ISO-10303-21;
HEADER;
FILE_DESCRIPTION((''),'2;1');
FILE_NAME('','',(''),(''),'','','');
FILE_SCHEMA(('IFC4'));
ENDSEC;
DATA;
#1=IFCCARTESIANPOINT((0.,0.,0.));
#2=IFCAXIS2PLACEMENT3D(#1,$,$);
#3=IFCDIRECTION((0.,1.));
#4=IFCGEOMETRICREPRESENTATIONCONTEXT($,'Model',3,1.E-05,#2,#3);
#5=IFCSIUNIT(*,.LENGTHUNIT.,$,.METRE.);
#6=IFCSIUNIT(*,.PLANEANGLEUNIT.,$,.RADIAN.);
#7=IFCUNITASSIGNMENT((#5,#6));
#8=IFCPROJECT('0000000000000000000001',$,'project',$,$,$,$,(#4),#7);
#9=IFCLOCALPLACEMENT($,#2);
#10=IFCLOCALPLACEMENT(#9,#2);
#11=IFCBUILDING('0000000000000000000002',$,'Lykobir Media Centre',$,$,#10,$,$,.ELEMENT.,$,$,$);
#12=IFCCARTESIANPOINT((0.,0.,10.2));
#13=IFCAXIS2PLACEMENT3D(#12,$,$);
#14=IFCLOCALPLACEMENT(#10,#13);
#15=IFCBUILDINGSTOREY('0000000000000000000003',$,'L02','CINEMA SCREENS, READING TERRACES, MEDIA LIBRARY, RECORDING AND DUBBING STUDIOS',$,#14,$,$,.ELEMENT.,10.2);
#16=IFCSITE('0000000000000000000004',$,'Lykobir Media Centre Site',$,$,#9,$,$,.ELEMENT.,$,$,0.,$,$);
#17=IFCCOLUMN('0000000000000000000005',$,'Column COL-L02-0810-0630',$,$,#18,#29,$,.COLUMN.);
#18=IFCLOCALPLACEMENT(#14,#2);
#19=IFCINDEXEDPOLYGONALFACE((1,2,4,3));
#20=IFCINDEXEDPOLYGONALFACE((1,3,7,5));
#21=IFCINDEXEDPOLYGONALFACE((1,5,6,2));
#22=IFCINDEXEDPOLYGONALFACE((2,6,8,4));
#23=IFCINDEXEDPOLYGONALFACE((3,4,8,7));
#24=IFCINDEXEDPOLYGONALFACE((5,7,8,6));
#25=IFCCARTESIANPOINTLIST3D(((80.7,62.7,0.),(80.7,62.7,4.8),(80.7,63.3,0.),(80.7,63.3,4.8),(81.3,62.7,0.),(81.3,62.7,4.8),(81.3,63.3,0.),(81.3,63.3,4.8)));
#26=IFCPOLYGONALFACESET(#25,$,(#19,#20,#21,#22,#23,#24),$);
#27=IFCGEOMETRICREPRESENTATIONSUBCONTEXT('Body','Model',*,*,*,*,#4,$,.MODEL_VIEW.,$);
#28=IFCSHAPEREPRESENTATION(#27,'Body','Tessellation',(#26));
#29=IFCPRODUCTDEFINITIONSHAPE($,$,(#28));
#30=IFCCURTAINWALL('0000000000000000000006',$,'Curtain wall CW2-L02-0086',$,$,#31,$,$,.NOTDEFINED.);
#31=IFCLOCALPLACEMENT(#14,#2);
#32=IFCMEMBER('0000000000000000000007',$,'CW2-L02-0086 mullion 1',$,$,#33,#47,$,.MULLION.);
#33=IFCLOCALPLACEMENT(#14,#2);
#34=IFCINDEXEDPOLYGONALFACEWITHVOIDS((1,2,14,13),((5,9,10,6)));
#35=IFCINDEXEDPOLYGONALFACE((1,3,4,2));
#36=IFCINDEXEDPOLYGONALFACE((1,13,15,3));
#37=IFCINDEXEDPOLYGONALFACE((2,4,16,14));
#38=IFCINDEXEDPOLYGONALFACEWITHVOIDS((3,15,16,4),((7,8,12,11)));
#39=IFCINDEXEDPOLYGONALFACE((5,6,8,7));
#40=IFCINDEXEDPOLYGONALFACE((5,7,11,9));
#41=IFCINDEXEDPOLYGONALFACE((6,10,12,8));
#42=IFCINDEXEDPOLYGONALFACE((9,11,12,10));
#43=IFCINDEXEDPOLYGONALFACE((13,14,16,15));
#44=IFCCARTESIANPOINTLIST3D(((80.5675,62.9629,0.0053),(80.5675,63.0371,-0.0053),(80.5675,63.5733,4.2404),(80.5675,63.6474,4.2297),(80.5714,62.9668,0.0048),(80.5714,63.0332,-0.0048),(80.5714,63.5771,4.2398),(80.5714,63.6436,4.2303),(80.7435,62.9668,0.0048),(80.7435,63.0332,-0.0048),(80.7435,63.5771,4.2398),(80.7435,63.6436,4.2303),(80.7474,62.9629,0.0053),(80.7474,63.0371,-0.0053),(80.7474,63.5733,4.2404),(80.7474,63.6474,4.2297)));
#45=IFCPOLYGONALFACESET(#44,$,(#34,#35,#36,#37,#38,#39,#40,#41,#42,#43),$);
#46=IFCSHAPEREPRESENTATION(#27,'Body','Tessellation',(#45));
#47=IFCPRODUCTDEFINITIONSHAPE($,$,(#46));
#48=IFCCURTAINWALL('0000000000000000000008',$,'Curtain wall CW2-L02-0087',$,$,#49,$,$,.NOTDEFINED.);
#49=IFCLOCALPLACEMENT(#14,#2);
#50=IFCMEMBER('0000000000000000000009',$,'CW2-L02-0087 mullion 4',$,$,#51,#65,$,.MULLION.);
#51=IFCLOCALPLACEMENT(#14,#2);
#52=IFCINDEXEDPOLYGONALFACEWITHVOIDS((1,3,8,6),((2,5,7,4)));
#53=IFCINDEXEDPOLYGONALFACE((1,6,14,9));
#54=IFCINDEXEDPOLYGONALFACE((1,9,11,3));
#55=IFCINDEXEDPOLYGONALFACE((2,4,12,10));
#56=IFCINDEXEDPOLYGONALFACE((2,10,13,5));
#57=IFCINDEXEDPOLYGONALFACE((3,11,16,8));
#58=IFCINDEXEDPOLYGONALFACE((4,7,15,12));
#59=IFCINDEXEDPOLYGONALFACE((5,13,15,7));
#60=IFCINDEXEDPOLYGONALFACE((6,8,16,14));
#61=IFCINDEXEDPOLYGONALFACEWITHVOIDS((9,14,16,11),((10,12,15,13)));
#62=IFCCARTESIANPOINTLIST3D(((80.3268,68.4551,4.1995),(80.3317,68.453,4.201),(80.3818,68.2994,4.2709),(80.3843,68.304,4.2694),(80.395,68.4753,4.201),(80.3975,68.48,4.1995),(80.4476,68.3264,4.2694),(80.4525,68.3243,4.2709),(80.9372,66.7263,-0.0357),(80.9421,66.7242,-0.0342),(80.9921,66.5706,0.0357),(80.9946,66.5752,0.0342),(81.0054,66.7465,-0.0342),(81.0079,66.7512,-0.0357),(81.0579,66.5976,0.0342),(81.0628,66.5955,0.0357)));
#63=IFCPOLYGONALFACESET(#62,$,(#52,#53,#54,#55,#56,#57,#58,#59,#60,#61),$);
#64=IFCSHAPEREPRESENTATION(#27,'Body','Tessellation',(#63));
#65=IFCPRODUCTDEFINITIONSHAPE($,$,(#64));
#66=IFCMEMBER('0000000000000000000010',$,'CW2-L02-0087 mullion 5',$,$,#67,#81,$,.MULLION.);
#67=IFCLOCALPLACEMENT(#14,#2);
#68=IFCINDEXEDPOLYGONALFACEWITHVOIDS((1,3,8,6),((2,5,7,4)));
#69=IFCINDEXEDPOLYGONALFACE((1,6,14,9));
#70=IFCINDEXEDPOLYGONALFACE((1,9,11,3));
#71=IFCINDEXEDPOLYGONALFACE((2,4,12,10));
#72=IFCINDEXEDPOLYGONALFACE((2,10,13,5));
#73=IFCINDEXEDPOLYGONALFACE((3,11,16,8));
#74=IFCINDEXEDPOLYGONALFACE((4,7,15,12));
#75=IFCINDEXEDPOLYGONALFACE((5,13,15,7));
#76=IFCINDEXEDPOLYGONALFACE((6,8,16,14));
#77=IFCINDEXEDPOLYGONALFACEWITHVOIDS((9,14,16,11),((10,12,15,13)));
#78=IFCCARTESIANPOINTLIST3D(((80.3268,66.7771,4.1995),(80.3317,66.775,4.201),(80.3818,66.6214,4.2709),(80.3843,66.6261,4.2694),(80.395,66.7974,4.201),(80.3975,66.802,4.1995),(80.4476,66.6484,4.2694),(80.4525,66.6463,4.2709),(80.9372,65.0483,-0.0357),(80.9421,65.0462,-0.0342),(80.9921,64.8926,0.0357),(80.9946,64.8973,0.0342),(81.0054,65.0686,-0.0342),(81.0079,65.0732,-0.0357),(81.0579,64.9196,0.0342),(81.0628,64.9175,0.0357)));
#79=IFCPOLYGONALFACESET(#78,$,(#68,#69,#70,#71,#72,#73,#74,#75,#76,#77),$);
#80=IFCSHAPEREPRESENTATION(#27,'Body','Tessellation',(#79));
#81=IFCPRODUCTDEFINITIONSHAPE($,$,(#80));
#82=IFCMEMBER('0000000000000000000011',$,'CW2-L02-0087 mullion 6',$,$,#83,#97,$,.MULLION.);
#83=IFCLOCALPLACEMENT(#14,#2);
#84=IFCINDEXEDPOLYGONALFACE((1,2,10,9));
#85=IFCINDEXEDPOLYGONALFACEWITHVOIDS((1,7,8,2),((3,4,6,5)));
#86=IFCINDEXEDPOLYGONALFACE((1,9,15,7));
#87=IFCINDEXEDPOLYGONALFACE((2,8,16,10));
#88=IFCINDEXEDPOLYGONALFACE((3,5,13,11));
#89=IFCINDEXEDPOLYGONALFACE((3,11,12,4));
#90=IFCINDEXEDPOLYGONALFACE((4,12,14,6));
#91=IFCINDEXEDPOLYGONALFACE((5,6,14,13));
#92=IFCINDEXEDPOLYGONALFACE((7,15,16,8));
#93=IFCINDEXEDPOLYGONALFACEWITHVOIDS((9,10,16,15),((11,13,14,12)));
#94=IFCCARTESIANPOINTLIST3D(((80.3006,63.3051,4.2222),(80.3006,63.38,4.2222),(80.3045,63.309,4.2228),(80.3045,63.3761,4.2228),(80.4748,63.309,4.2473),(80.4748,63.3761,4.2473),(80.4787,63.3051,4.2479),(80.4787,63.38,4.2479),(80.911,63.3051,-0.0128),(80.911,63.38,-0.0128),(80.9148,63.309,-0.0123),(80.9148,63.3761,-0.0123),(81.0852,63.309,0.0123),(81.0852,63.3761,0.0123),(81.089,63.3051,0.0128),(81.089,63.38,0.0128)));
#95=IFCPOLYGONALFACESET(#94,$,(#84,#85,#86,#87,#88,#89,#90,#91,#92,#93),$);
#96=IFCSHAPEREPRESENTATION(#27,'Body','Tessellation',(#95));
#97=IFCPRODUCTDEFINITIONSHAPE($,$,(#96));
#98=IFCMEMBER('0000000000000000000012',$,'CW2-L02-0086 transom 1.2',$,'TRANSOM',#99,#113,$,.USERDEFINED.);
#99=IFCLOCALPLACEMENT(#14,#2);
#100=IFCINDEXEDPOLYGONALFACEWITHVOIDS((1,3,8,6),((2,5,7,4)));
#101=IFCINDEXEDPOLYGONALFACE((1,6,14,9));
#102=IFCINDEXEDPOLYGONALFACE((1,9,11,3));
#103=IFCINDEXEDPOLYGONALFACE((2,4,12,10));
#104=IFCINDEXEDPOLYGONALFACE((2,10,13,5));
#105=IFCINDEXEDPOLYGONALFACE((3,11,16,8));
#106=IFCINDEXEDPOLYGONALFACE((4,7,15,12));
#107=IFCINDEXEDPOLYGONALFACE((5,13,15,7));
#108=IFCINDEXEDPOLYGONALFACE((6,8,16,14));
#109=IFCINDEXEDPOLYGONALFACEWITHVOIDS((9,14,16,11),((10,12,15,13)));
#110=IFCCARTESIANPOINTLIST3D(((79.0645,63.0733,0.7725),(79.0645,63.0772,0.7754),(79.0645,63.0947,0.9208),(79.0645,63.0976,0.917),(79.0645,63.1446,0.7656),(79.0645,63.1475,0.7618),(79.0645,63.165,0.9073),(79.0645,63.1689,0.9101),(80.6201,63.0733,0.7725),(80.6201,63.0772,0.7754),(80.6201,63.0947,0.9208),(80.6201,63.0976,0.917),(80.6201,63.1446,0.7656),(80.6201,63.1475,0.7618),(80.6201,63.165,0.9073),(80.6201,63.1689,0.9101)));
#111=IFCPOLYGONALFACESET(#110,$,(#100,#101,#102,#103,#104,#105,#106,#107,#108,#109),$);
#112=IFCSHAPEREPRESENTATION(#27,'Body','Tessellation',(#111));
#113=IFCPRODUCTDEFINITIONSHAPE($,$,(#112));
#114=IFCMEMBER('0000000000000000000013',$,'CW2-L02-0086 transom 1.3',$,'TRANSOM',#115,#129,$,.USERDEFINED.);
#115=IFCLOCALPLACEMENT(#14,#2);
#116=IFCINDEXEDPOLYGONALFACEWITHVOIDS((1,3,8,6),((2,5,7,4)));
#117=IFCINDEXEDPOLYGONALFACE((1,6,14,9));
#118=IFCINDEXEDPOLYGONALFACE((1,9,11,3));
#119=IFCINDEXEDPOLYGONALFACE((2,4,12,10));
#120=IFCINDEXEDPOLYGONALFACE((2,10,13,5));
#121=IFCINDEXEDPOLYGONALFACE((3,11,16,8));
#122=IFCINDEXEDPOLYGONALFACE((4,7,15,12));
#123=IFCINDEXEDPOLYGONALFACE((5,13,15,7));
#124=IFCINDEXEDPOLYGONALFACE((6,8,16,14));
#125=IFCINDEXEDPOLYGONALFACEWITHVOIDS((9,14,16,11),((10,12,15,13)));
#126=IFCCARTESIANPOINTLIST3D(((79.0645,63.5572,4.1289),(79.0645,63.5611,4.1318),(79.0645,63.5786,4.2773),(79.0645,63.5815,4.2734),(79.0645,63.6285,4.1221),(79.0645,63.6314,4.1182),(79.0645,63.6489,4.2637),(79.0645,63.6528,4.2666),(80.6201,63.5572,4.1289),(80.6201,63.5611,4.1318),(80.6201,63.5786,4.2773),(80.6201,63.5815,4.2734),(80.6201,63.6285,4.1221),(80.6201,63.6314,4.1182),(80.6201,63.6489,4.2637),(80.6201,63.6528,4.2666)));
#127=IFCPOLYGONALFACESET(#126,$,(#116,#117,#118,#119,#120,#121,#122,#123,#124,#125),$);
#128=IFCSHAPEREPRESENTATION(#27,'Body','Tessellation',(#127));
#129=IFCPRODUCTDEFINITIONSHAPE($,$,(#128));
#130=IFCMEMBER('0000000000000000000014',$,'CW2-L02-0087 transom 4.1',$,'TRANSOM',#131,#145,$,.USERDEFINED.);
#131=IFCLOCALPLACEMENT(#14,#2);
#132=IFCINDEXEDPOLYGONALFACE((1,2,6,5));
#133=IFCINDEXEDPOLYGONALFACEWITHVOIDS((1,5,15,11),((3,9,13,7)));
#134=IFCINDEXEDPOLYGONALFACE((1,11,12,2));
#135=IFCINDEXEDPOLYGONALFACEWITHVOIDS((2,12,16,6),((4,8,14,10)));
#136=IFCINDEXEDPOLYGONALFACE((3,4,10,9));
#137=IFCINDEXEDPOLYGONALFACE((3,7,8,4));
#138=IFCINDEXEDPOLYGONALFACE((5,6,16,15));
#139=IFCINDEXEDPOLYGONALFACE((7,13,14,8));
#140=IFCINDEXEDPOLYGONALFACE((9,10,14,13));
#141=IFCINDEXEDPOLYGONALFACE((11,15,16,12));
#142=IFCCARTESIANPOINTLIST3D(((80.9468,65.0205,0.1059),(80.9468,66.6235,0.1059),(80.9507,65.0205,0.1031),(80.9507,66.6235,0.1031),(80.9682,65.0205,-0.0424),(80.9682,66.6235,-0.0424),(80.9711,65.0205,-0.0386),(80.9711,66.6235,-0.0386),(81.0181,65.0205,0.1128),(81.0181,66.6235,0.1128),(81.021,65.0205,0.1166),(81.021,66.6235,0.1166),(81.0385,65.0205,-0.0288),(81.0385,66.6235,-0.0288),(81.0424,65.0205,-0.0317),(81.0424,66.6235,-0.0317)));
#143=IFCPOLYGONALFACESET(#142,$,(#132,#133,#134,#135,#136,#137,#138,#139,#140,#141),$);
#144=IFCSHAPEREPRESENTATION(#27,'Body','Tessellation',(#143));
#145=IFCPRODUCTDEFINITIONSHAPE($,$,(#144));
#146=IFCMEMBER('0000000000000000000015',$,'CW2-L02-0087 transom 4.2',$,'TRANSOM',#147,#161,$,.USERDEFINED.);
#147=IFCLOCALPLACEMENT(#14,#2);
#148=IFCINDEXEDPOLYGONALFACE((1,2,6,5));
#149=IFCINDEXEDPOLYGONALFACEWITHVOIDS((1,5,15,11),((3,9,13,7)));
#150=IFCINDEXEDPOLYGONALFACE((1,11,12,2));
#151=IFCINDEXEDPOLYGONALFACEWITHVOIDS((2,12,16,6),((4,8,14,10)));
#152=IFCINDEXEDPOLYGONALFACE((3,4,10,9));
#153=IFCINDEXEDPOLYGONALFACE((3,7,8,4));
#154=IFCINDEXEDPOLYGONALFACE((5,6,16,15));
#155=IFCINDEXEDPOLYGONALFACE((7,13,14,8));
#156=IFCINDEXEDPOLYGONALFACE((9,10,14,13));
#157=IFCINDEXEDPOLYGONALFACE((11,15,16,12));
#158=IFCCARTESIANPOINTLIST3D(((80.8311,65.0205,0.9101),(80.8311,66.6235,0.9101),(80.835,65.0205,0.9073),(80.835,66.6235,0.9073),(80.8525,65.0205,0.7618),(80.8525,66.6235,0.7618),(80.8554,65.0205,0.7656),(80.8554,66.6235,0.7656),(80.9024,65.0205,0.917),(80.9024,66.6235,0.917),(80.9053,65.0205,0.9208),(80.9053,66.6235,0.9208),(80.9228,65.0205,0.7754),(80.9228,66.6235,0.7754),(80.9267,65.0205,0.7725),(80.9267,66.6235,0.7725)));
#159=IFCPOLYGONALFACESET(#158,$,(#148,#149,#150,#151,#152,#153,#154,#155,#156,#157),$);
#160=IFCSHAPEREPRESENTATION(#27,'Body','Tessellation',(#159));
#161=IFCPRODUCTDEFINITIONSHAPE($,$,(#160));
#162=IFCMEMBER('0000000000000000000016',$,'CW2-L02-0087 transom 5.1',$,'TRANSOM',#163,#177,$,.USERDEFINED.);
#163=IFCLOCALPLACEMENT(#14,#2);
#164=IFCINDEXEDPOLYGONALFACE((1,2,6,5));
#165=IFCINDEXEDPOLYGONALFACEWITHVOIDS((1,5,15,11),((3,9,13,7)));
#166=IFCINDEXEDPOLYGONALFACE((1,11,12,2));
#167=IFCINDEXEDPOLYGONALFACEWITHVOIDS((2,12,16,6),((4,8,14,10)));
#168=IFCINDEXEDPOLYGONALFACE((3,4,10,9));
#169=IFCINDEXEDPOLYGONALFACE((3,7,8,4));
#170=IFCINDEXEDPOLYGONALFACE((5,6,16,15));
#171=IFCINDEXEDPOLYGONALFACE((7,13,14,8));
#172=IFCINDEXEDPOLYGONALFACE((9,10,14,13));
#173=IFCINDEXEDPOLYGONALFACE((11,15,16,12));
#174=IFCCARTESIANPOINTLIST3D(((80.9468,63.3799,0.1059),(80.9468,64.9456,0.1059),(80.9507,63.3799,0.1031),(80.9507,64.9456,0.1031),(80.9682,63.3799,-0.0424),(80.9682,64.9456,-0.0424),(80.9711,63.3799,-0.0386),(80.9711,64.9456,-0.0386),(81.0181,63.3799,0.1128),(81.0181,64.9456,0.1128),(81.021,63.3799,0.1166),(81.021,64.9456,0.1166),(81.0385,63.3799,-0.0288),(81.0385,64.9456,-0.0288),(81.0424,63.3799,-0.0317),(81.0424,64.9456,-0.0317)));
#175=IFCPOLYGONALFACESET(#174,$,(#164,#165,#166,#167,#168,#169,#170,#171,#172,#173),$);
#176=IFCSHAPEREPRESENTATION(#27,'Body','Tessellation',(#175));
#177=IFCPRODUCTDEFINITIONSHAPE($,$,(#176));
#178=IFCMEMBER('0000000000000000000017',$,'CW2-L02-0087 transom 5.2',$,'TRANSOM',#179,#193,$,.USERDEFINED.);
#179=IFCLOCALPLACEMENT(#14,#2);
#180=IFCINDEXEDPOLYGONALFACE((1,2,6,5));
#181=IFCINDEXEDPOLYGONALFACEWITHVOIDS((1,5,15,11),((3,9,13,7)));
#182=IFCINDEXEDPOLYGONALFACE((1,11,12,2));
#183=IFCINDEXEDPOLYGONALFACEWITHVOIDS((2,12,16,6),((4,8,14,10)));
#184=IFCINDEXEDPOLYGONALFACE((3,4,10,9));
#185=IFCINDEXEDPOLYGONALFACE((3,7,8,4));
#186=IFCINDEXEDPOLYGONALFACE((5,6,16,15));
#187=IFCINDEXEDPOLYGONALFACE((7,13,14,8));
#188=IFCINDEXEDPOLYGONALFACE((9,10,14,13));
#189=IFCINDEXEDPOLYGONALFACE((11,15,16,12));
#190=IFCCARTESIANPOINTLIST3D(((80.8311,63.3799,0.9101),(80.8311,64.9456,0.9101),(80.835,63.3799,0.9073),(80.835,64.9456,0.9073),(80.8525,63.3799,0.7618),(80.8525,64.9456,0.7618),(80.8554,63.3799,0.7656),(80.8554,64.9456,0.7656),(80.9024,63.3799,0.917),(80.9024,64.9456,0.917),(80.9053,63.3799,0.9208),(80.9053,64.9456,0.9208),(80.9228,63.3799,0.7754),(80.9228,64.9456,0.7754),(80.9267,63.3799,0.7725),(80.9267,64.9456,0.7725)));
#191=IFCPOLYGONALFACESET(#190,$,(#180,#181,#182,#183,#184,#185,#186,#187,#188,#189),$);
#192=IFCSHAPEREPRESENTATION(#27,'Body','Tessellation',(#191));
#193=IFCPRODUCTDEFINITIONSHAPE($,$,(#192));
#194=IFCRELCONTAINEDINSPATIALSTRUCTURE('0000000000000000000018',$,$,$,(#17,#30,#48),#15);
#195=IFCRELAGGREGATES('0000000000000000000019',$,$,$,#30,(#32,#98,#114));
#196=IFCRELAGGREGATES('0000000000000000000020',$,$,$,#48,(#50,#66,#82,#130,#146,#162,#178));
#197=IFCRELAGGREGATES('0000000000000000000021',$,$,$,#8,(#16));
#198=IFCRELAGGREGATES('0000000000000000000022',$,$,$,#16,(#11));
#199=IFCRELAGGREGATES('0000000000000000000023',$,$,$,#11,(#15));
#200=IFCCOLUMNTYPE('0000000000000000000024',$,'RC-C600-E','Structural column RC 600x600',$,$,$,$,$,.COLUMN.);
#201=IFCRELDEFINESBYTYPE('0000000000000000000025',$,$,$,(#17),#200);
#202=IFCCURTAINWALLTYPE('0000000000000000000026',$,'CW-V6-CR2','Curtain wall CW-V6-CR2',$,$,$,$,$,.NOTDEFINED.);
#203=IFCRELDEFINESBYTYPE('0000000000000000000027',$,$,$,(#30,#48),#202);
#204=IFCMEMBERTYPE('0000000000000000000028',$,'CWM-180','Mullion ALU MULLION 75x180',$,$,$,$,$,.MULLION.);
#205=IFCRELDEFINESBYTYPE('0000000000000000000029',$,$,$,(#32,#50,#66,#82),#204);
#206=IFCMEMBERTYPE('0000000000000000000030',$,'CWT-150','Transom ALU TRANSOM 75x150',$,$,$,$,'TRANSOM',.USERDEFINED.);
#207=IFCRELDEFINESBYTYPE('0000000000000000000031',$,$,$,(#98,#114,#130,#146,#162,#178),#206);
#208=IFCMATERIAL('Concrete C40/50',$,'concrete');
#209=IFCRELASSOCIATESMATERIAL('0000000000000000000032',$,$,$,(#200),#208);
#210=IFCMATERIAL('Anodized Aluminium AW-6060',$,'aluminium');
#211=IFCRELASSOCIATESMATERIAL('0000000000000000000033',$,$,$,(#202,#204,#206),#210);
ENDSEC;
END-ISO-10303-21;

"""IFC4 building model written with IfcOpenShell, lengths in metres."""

from ifc_helpers import new_model, si_unit, direction, frame, origin, origin_2d, place, context, subcontext, project, spatial, rectangle, hollow_rectangle, extrude, material, material_profile, profile_set, type_object, element, aggregate, save


model = new_model("IFC4")

# Units and contexts
model_context = context("Model", 3, precision=1e-05, world=origin(), true_north=direction((0.0, 1.0)))
body_context = subcontext(model_context, "Body", "Model", "MODEL_VIEW")
ifc_project = project(units=[si_unit("LENGTHUNIT", "METRE"), si_unit("PLANEANGLEUNIT", "RADIAN")], contexts=[model_context])

# Site, building, storey
site_placement = place(None, origin())
site = spatial("IfcSite", under=ifc_project, at=site_placement, Name="Lykobir Media Centre Site", CompositionType="ELEMENT", RefElevation=0.0)
building_placement = place(site_placement, origin())
building = spatial("IfcBuilding", under=site, at=building_placement, Name="Lykobir Media Centre", CompositionType="ELEMENT")
storey_placement = place(building_placement, frame((0.0, 0.0, 10.2)))
storey = spatial("IfcBuildingStorey", under=building, at=storey_placement, Name="L02", Description="CINEMA SCREENS, READING TERRACES, MEDIA LIBRARY, RECORDING AND DUBBING STUDIOS", CompositionType="ELEMENT", Elevation=10.2)

# Column
ifc_material_1 = material(Name="Concrete C40/50", Category="concrete")
ifc_material_profile_1 = material_profile(ifc_material_1, rectangle(XDim=0.6001, YDim=0.6001, at=origin_2d()), Name="RC 600x600")
ifc_profile_set_1 = profile_set([ifc_material_profile_1], Name="Concrete C40/50")
column_type = type_object("IfcColumnType", Name="RC-C600-E", Description="Structural column RC 600x600", PredefinedType="COLUMN", material=ifc_profile_set_1)
column_placement = place(storey_placement, frame((81.0, 63.0, 0.0), z_axis=(0.0, 0.0, 1.0), x_axis=(1.0, 0.0, 0.0)))
element("IfcColumn", 1, at=column_placement, inside=storey, type_object=column_type, Name="Column COL-L02-0810-0630", PredefinedType="COLUMN", context=body_context, shape_type="SweptSolid", body=[
    extrude(rectangle(XDim=0.6001, YDim=0.6001, at=origin_2d()), origin(), (0.0, 0.0, 1.0), 4.8),
])

# Curtain wall, member
ifc_material_2 = material(Name="Anodized Aluminium AW-6060", Category="aluminium")
curtain_wall_type = type_object("IfcCurtainWallType", Name="CW-V6-CR2", Description="Curtain wall CW-V6-CR2", PredefinedType="NOTDEFINED", material=ifc_material_2)
curtain_wall_1_placement = place(storey_placement, origin())
curtain_wall_1 = element("IfcCurtainWall", 2, at=curtain_wall_1_placement, inside=storey, type_object=curtain_wall_type, Name="Curtain wall CW2-L02-0086", PredefinedType="NOTDEFINED")
ifc_material_profile_2 = material_profile(ifc_material_2, hollow_rectangle(XDim=0.075, YDim=0.1799, WallThickness=0.0039, at=origin_2d()), Name="ALU MULLION 75x180")
ifc_profile_set_2 = profile_set([ifc_material_profile_2], Name="Anodized Aluminium AW-6060")
member_type_1 = type_object("IfcMemberType", Name="CWM-180", Description="Mullion ALU MULLION 75x180", PredefinedType="MULLION", material=ifc_profile_set_2)
member_1_placement = place(storey_placement, frame((80.6575, 63.0, 0.0), z_axis=(0.0, 0.142643, 0.989774), x_axis=(0.0, 0.989774, -0.142643)))
member_1 = element("IfcMember", 3, at=member_1_placement, type_object=member_type_1, Name="CW2-L02-0086 mullion 1", PredefinedType="MULLION", context=body_context, shape_type="SweptSolid", body=[
    extrude(hollow_rectangle(XDim=0.075, YDim=0.1799, WallThickness=0.0039, at=origin_2d()), origin(), (0.0, 0.0, 1.0), 4.2788),
])

# Curtain wall, members
curtain_wall_2_placement = place(storey_placement, origin())
curtain_wall_2 = element("IfcCurtainWall", 4, at=curtain_wall_2_placement, inside=storey, type_object=curtain_wall_type, Name="Curtain wall CW2-L02-0087", PredefinedType="NOTDEFINED")
member_2_placement = place(storey_placement, frame((81.0, 66.6609, 0.0), z_axis=(-0.132257, 0.374604, 0.917704), x_axis=(-0.942956, -0.332918, 0.0)))
member_2 = element("IfcMember", 5, at=member_2_placement, type_object=member_type_1, Name="CW2-L02-0087 mullion 4", PredefinedType="MULLION", context=body_context, shape_type="SweptSolid", body=[
    extrude(hollow_rectangle(XDim=0.075, YDim=0.1799, WallThickness=0.0039, at=origin_2d()), origin(), (0.0, 0.0, 1.0), 4.615),
])
member_3_placement = place(storey_placement, frame((81.0, 64.9829, 0.0), z_axis=(-0.132257, 0.374604, 0.917704), x_axis=(-0.942956, -0.332918, 0.0)))
member_3 = element("IfcMember", 6, at=member_3_placement, type_object=member_type_1, Name="CW2-L02-0087 mullion 5", PredefinedType="MULLION", context=body_context, shape_type="SweptSolid", body=[
    extrude(hollow_rectangle(XDim=0.075, YDim=0.1799, WallThickness=0.0039, at=origin_2d()), origin(), (0.0, 0.0, 1.0), 4.615),
])
member_4_placement = place(storey_placement, frame((81.0, 63.3425, 0.0), z_axis=(-0.142643, 0.0, 0.989774), x_axis=(0.0, -1.0, 0.0)))
member_4 = element("IfcMember", 7, at=member_4_placement, type_object=member_type_1, Name="CW2-L02-0087 mullion 6", PredefinedType="MULLION", context=body_context, shape_type="SweptSolid", body=[
    extrude(hollow_rectangle(XDim=0.075, YDim=0.1799, WallThickness=0.0039, at=origin_2d()), origin(), (0.0, 0.0, 1.0), 4.2788),
])

# Members
ifc_material_profile_3 = material_profile(ifc_material_2, hollow_rectangle(XDim=0.075, YDim=0.1499, WallThickness=0.0034, at=origin_2d()), Name="ALU TRANSOM 75x150")
ifc_profile_set_3 = profile_set([ifc_material_profile_3], Name="Anodized Aluminium AW-6060")
member_type_2 = type_object("IfcMemberType", Name="CWT-150", Description="Transom ALU TRANSOM 75x150", ElementType="TRANSOM", PredefinedType="USERDEFINED", material=ifc_profile_set_3)
member_5_placement = place(storey_placement, frame((80.6201, 63.1211, 0.8413), z_axis=(-1.0, 0.0, 0.0), x_axis=(0.0, -0.989776, 0.142629)))
member_5 = element("IfcMember", 8, at=member_5_placement, type_object=member_type_2, Name="CW2-L02-0086 transom 1.2", ObjectType="TRANSOM", PredefinedType="USERDEFINED", context=body_context, shape_type="SweptSolid", body=[
    extrude(hollow_rectangle(XDim=0.075, YDim=0.1499, WallThickness=0.0034, at=origin_2d()), origin(), (0.0, 0.0, 1.0), 1.5557),
])
member_6_placement = place(storey_placement, frame((80.6201, 63.605, 4.1978), z_axis=(-1.0, 0.0, 0.0), x_axis=(0.0, -0.989776, 0.142629)))
member_6 = element("IfcMember", 9, at=member_6_placement, type_object=member_type_2, Name="CW2-L02-0086 transom 1.3", ObjectType="TRANSOM", PredefinedType="USERDEFINED", context=body_context, shape_type="SweptSolid", body=[
    extrude(hollow_rectangle(XDim=0.075, YDim=0.1499, WallThickness=0.0034, at=origin_2d()), origin(), (0.0, 0.0, 1.0), 1.5557),
])
aggregate(curtain_wall_1, [member_1, member_5, member_6])
member_7_placement = place(storey_placement, frame((80.9946, 66.6235, 0.0371), z_axis=(0.0, -1.0, 0.0), x_axis=(0.989776, 0.0, 0.142629)))
member_7 = element("IfcMember", 10, at=member_7_placement, type_object=member_type_2, Name="CW2-L02-0087 transom 4.1", ObjectType="TRANSOM", PredefinedType="USERDEFINED", context=body_context, shape_type="SweptSolid", body=[
    extrude(hollow_rectangle(XDim=0.075, YDim=0.1499, WallThickness=0.0034, at=origin_2d()), origin(), (0.0, 0.0, 1.0), 1.603),
])
member_8_placement = place(storey_placement, frame((80.8789, 66.6235, 0.8413), z_axis=(0.0, -1.0, 0.0), x_axis=(0.989776, 0.0, 0.142629)))
member_8 = element("IfcMember", 11, at=member_8_placement, type_object=member_type_2, Name="CW2-L02-0087 transom 4.2", ObjectType="TRANSOM", PredefinedType="USERDEFINED", context=body_context, shape_type="SweptSolid", body=[
    extrude(hollow_rectangle(XDim=0.075, YDim=0.1499, WallThickness=0.0034, at=origin_2d()), origin(), (0.0, 0.0, 1.0), 1.603),
])
member_9_placement = place(storey_placement, frame((80.9946, 64.9456, 0.0371), z_axis=(0.0, -1.0, 0.0), x_axis=(0.989776, 0.0, 0.142629)))
member_9 = element("IfcMember", 12, at=member_9_placement, type_object=member_type_2, Name="CW2-L02-0087 transom 5.1", ObjectType="TRANSOM", PredefinedType="USERDEFINED", context=body_context, shape_type="SweptSolid", body=[
    extrude(hollow_rectangle(XDim=0.075, YDim=0.1499, WallThickness=0.0034, at=origin_2d()), origin(), (0.0, 0.0, 1.0), 1.5657),
])
member_10_placement = place(storey_placement, frame((80.8789, 64.9456, 0.8413), z_axis=(0.0, -1.0, 0.0), x_axis=(0.989776, 0.0, 0.142629)))
member_10 = element("IfcMember", 13, at=member_10_placement, type_object=member_type_2, Name="CW2-L02-0087 transom 5.2", ObjectType="TRANSOM", PredefinedType="USERDEFINED", context=body_context, shape_type="SweptSolid", body=[
    extrude(hollow_rectangle(XDim=0.075, YDim=0.1499, WallThickness=0.0034, at=origin_2d()), origin(), (0.0, 0.0, 1.0), 1.5657),
])

aggregate(curtain_wall_2, [member_2, member_3, member_4, member_7, member_8, member_9, member_10])

save(model, "model.ifc")
